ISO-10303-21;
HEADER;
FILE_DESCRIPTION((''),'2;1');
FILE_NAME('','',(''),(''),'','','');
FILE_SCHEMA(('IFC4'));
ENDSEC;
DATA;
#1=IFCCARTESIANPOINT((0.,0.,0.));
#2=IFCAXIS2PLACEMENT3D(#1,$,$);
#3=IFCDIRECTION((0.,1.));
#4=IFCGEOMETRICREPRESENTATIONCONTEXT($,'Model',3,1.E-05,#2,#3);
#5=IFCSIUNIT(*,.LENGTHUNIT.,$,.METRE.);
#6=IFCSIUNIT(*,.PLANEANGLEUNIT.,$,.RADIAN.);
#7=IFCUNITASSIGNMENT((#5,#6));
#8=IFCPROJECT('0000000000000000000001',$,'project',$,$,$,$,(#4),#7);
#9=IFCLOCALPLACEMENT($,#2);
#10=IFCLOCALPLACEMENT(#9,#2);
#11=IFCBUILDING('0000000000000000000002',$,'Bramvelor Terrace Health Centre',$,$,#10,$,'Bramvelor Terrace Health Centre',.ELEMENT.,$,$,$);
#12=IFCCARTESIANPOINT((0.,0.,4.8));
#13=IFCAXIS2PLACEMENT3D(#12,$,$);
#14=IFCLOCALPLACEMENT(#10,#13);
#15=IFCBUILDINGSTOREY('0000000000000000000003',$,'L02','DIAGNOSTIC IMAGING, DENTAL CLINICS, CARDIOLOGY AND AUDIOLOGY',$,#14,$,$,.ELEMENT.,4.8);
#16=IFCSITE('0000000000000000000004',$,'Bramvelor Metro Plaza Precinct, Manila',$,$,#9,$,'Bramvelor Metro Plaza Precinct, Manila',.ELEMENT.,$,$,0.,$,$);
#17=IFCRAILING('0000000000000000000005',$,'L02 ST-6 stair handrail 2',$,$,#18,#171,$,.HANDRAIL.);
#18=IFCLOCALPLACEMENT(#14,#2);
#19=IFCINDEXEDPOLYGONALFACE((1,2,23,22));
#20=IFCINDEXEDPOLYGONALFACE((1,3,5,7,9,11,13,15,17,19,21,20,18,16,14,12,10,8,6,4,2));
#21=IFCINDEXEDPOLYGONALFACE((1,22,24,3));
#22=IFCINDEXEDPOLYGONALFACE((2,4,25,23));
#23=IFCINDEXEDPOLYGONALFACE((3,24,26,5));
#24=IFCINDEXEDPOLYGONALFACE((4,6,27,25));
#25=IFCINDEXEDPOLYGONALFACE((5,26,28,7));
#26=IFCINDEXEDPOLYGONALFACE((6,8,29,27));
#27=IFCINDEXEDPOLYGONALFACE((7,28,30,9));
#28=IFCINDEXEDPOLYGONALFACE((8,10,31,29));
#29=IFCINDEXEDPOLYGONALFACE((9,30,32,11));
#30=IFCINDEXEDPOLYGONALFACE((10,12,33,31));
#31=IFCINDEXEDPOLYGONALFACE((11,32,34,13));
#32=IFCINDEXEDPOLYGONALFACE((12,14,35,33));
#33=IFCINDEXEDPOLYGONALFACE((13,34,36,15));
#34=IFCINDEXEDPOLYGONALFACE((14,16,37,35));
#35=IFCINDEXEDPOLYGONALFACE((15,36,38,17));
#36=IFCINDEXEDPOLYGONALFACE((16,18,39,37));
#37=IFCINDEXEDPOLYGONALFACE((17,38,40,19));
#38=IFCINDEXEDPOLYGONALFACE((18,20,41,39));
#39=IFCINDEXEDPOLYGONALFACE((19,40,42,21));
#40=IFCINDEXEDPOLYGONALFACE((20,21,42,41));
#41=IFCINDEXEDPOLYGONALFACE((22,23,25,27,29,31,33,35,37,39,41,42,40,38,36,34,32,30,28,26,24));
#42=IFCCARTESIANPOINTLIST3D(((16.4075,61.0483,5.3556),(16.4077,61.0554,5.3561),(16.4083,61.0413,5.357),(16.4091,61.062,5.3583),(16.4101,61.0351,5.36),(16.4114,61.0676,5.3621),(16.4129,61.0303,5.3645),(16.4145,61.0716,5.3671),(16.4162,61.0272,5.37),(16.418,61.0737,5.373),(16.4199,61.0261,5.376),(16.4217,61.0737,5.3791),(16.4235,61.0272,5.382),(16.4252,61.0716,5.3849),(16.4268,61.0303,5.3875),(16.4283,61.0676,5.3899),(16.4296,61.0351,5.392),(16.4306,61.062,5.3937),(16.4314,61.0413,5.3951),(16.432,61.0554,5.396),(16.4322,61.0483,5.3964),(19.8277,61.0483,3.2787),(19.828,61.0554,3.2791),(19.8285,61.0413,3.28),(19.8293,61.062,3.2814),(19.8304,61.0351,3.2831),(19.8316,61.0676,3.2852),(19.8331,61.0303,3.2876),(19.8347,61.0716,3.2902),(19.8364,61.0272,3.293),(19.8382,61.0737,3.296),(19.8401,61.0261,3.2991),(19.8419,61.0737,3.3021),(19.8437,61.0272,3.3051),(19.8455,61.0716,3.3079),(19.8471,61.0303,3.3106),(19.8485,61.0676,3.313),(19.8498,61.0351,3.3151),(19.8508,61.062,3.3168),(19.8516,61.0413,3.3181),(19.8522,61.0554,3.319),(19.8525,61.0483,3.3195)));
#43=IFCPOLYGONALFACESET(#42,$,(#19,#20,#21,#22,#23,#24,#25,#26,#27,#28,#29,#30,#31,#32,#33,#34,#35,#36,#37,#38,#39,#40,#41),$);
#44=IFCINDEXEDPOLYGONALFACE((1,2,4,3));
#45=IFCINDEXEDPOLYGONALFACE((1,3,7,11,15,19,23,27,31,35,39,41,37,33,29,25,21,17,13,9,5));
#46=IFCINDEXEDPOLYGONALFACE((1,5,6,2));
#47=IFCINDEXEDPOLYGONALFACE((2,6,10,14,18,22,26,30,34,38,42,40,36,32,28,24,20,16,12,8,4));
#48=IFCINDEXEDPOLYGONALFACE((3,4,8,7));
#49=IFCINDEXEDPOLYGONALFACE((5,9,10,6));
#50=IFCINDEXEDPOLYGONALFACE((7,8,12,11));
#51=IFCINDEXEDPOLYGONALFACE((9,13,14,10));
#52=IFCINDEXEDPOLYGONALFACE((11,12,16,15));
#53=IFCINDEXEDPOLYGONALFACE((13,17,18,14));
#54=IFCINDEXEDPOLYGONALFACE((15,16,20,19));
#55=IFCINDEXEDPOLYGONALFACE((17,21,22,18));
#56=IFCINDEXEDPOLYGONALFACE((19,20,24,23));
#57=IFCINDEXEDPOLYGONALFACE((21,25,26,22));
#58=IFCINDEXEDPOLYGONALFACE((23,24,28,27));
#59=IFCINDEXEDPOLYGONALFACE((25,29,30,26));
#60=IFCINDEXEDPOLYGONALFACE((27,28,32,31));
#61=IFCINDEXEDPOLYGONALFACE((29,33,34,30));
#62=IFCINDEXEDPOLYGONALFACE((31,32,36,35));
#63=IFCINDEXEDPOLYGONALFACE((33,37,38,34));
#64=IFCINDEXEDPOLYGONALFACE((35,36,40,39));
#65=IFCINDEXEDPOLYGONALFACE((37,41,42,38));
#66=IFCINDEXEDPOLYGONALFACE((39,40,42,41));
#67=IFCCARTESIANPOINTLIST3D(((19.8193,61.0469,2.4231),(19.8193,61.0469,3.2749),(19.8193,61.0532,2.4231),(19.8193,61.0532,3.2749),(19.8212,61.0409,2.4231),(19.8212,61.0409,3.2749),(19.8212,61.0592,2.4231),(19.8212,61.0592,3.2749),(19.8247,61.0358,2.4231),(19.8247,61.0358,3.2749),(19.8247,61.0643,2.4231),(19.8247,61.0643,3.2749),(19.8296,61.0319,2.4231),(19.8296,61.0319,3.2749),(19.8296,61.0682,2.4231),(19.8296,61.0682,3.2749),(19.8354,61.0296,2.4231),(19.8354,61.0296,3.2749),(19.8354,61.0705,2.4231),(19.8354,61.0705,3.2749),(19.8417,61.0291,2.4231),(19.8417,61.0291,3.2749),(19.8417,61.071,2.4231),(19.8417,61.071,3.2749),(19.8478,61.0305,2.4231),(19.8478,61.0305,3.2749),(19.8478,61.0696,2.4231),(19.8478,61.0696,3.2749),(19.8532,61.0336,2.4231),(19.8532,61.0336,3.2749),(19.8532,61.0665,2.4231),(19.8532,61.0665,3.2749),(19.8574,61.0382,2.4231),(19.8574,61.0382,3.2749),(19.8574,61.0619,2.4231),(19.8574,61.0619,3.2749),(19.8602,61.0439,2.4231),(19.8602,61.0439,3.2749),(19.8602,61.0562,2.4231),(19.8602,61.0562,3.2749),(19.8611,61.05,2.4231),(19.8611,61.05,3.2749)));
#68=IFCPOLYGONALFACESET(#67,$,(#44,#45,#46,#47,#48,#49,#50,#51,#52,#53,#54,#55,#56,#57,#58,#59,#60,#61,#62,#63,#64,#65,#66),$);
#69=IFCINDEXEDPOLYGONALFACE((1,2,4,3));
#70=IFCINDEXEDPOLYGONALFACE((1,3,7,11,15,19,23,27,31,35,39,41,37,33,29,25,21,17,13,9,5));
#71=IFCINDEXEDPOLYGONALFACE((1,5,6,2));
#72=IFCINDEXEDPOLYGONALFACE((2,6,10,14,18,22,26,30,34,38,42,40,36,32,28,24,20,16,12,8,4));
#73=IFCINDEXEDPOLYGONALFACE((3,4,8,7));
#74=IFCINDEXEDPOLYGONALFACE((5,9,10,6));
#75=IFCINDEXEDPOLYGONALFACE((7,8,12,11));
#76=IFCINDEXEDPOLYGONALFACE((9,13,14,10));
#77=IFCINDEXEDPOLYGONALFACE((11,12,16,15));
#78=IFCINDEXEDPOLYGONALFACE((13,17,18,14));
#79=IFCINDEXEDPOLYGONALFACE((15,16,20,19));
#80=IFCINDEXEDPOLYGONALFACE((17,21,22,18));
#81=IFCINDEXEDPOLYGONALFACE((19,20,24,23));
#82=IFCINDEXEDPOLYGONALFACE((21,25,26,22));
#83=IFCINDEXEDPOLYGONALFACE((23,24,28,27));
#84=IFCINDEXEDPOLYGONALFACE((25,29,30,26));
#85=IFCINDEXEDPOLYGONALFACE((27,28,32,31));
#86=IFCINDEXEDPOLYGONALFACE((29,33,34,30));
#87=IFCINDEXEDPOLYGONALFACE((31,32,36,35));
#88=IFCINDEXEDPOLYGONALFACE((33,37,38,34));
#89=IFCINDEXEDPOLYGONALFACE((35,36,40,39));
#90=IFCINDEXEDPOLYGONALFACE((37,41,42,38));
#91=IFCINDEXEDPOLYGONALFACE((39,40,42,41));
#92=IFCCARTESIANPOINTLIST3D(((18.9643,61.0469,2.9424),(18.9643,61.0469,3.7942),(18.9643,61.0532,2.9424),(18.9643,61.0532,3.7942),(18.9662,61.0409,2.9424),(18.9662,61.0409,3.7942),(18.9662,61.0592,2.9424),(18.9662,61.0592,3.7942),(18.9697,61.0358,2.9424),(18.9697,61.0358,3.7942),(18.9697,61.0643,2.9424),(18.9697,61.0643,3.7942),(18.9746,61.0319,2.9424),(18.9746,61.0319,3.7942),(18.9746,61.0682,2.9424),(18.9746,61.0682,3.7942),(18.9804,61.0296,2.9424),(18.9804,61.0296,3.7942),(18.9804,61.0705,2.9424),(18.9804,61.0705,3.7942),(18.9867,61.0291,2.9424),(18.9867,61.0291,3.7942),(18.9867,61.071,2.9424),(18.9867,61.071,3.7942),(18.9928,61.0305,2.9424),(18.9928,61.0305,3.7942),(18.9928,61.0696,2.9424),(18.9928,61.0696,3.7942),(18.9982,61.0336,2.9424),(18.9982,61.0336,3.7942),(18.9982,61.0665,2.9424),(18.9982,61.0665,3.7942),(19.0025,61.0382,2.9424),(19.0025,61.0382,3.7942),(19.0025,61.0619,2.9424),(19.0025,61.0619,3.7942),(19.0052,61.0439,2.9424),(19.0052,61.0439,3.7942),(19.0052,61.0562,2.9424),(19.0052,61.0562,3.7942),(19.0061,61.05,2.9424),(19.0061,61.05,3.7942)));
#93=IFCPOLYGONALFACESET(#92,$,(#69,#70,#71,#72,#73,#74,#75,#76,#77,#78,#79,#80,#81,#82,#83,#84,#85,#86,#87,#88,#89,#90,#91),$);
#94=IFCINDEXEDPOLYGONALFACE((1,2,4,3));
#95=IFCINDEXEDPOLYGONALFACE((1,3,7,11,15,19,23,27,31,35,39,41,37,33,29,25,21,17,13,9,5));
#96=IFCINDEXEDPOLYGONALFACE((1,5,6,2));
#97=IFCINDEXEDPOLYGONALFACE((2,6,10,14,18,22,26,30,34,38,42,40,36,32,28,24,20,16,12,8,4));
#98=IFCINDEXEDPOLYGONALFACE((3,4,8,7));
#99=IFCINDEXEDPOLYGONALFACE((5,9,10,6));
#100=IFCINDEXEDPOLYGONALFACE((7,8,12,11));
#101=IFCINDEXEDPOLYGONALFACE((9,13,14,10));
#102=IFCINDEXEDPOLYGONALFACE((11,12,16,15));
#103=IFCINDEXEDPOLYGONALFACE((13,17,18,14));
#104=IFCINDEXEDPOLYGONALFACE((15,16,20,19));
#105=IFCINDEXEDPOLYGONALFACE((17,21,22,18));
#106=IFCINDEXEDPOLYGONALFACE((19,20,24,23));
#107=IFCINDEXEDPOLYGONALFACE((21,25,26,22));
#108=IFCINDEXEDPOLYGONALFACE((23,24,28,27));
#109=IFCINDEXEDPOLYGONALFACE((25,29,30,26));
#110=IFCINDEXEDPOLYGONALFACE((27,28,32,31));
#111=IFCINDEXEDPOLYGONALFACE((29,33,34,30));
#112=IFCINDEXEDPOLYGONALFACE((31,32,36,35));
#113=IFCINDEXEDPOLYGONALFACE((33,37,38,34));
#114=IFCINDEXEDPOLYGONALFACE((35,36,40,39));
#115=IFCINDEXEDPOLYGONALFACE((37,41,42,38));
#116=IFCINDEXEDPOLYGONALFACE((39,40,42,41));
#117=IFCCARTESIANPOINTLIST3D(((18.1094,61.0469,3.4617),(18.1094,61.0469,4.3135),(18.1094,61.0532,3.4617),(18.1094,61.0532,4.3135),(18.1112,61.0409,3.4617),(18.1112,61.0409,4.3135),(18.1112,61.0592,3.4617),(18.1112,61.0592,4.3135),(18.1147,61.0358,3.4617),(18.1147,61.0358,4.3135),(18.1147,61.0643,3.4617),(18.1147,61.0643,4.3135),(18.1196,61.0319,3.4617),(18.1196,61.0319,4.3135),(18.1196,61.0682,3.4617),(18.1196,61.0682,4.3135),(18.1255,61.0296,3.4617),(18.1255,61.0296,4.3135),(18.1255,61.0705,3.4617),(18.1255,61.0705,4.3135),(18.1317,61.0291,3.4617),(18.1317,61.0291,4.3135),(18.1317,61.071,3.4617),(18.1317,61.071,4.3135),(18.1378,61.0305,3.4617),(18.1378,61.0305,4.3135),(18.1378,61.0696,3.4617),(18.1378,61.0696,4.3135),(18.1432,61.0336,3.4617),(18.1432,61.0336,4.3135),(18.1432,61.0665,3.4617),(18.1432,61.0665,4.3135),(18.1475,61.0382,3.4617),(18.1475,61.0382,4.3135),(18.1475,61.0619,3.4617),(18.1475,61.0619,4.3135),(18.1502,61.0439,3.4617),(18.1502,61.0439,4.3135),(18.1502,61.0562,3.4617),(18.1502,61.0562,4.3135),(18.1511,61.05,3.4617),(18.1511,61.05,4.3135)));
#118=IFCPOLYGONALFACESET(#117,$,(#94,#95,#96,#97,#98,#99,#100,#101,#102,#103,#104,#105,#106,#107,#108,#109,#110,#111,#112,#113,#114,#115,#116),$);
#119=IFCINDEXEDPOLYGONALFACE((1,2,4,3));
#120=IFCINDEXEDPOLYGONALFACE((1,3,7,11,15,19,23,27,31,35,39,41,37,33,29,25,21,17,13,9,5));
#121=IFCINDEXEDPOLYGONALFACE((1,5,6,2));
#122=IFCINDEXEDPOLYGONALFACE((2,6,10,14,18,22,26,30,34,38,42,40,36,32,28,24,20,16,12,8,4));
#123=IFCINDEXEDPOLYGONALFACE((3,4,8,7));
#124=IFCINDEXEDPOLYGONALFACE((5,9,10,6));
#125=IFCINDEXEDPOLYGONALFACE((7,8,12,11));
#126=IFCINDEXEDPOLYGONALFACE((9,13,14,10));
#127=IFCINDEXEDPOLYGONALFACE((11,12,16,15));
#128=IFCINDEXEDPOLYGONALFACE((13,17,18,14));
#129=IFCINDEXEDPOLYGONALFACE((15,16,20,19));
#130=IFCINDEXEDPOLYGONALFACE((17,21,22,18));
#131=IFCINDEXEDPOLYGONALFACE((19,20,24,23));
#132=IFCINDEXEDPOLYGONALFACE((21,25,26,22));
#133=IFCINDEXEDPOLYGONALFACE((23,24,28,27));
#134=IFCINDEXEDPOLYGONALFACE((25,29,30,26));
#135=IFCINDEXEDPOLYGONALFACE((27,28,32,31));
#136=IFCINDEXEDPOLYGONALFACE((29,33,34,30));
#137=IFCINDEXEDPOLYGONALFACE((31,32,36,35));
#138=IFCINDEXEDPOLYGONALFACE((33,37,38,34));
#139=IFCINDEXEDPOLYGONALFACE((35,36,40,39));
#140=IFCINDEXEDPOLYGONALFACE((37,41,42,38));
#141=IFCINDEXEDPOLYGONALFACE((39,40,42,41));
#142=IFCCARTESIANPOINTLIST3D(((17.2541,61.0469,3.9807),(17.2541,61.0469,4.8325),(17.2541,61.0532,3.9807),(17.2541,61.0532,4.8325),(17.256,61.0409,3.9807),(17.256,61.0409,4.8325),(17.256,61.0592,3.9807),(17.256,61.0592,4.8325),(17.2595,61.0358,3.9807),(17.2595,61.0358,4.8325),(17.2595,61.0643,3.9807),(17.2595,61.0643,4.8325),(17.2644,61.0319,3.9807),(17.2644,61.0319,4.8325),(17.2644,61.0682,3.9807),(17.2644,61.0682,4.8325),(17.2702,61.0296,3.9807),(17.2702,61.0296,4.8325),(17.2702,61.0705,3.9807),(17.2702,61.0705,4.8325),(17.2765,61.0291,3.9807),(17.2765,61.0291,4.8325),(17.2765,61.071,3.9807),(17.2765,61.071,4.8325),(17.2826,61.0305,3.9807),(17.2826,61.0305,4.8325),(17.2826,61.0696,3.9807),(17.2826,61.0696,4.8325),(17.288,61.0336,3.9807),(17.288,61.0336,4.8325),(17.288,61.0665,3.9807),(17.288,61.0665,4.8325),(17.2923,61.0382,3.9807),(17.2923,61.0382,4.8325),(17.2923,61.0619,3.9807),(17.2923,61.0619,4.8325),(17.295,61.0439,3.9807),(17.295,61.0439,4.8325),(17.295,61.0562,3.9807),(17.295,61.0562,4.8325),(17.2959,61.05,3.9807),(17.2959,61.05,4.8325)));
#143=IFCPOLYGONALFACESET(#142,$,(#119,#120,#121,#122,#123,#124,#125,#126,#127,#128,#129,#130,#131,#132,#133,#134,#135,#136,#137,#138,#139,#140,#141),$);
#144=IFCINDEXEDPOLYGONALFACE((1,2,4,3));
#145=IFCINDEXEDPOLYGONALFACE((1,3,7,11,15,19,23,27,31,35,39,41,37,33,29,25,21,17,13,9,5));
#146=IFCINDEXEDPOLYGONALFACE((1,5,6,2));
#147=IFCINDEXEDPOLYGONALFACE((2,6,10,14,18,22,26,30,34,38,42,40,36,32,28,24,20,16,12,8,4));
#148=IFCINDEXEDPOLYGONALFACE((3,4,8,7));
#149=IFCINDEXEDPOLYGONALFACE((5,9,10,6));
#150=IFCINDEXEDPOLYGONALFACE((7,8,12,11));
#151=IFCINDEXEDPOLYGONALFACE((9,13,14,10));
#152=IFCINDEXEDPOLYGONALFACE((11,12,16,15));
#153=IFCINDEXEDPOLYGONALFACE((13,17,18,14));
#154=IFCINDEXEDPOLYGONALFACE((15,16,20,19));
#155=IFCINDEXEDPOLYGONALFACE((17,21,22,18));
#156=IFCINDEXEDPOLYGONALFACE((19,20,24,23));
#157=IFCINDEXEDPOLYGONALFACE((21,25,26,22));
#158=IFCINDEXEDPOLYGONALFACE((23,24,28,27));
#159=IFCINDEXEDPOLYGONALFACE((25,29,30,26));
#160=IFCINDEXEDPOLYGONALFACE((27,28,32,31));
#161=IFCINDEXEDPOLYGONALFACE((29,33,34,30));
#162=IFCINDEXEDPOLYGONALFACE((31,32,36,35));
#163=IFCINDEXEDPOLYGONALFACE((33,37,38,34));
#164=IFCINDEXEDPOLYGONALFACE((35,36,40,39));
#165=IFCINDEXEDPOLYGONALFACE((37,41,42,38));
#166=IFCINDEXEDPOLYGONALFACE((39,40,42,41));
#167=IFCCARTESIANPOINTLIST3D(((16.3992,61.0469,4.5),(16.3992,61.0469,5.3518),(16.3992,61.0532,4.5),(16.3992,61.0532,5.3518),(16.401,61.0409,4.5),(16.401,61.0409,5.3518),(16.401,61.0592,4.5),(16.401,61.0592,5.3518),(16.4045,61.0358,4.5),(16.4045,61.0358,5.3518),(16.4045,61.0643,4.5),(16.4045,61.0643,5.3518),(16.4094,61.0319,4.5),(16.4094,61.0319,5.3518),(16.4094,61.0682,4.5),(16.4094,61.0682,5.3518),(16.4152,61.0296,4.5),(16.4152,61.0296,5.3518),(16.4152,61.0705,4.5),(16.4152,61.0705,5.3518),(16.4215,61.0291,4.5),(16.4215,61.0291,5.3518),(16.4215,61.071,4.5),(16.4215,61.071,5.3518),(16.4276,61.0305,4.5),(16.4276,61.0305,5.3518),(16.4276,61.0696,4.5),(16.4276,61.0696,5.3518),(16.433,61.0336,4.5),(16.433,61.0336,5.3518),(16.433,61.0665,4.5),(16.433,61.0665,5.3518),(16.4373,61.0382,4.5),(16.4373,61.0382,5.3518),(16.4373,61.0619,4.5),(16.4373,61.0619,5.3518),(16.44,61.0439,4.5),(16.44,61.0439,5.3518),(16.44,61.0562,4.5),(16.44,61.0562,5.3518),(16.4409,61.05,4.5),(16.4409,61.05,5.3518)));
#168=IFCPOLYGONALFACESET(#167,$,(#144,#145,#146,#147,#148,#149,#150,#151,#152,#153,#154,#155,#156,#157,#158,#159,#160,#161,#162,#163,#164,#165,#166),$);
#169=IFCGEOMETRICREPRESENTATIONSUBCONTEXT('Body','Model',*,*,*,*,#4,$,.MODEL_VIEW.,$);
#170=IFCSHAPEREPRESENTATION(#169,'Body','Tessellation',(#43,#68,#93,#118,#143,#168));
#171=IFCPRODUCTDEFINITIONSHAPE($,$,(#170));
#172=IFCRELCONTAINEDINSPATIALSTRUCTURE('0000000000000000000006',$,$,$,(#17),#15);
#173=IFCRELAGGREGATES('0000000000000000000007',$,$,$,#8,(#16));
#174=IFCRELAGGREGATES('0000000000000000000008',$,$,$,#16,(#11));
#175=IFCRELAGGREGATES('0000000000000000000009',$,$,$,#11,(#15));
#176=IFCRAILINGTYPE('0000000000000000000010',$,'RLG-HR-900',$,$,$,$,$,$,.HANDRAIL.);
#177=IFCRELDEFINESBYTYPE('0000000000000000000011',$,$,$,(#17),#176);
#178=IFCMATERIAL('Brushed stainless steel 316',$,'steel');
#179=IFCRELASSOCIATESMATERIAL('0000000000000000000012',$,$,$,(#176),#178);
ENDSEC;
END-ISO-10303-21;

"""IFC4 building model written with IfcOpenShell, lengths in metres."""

from ifc_helpers import new_model, si_unit, direction, frame, origin, origin_2d, place, context, subcontext, project, spatial, circle, extrude, material, type_object, element, save


model = new_model("IFC4")

# Units and contexts
model_context = context("Model", 3, precision=1e-05, world=origin(), true_north=direction((0.0, 1.0)))
body_context = subcontext(model_context, "Body", "Model", "MODEL_VIEW")
ifc_project = project(units=[si_unit("LENGTHUNIT", "METRE"), si_unit("PLANEANGLEUNIT", "RADIAN")], contexts=[model_context])

# Site, building, storey
site_placement = place(None, origin())
site = spatial("IfcSite", under=ifc_project, at=site_placement, Name="Bramvelor Metro Plaza Precinct, Manila", LongName="Bramvelor Metro Plaza Precinct, Manila", CompositionType="ELEMENT", RefElevation=0.0)
building_placement = place(site_placement, origin())
building = spatial("IfcBuilding", under=site, at=building_placement, Name="Bramvelor Terrace Health Centre", LongName="Bramvelor Terrace Health Centre", CompositionType="ELEMENT")
storey_placement = place(building_placement, frame((0.0, 0.0, 4.8)))
storey = spatial("IfcBuildingStorey", under=building, at=storey_placement, Name="L02", Description="DIAGNOSTIC IMAGING, DENTAL CLINICS, CARDIOLOGY AND AUDIOLOGY", CompositionType="ELEMENT", Elevation=4.8)

# Railing
ifc_material_1 = material(Name="Brushed stainless steel 316", Category="steel")
railing_type_1 = type_object("IfcRailingType", Name="RLG-HR-900", PredefinedType="HANDRAIL", material=ifc_material_1)
railing_1_placement = place(storey_placement, frame((19.8401, 61.05, 2.4231)))
element("IfcRailing", 1, at=railing_1_placement, inside=storey, type_object=railing_type_1, Name="L02 ST-6 stair handrail 2", PredefinedType="HANDRAIL", context=body_context, shape_type="SweptSolid", body=[
    extrude(circle(Radius=0.0239, at=origin_2d()), frame((0.0, 0.0, 0.876), z_axis=(-0.854746, 0.0, 0.519047), x_axis=(0.0, -1.0, 0.0)), (0.0, 0.0, 1.0), 4.0015),
    extrude(circle(Radius=0.021, at=origin_2d()), origin(), (0.0, 0.0, 1.0), 0.8518),
    extrude(circle(Radius=0.021, at=origin_2d()), frame((-0.855, 0.0, 0.5193)), (0.0, 0.0, 1.0), 0.8518),
    extrude(circle(Radius=0.021, at=origin_2d()), frame((-1.71, 0.0, 1.0386)), (0.0, 0.0, 1.0), 0.8518),
    extrude(circle(Radius=0.021, at=origin_2d()), frame((-2.5652, 0.0, 1.5576)), (0.0, 0.0, 1.0), 0.8518),
    extrude(circle(Radius=0.021, at=origin_2d()), frame((-3.4202, 0.0, 2.0769)), (0.0, 0.0, 1.0), 0.8518),
])

save(model, "model.ifc")
